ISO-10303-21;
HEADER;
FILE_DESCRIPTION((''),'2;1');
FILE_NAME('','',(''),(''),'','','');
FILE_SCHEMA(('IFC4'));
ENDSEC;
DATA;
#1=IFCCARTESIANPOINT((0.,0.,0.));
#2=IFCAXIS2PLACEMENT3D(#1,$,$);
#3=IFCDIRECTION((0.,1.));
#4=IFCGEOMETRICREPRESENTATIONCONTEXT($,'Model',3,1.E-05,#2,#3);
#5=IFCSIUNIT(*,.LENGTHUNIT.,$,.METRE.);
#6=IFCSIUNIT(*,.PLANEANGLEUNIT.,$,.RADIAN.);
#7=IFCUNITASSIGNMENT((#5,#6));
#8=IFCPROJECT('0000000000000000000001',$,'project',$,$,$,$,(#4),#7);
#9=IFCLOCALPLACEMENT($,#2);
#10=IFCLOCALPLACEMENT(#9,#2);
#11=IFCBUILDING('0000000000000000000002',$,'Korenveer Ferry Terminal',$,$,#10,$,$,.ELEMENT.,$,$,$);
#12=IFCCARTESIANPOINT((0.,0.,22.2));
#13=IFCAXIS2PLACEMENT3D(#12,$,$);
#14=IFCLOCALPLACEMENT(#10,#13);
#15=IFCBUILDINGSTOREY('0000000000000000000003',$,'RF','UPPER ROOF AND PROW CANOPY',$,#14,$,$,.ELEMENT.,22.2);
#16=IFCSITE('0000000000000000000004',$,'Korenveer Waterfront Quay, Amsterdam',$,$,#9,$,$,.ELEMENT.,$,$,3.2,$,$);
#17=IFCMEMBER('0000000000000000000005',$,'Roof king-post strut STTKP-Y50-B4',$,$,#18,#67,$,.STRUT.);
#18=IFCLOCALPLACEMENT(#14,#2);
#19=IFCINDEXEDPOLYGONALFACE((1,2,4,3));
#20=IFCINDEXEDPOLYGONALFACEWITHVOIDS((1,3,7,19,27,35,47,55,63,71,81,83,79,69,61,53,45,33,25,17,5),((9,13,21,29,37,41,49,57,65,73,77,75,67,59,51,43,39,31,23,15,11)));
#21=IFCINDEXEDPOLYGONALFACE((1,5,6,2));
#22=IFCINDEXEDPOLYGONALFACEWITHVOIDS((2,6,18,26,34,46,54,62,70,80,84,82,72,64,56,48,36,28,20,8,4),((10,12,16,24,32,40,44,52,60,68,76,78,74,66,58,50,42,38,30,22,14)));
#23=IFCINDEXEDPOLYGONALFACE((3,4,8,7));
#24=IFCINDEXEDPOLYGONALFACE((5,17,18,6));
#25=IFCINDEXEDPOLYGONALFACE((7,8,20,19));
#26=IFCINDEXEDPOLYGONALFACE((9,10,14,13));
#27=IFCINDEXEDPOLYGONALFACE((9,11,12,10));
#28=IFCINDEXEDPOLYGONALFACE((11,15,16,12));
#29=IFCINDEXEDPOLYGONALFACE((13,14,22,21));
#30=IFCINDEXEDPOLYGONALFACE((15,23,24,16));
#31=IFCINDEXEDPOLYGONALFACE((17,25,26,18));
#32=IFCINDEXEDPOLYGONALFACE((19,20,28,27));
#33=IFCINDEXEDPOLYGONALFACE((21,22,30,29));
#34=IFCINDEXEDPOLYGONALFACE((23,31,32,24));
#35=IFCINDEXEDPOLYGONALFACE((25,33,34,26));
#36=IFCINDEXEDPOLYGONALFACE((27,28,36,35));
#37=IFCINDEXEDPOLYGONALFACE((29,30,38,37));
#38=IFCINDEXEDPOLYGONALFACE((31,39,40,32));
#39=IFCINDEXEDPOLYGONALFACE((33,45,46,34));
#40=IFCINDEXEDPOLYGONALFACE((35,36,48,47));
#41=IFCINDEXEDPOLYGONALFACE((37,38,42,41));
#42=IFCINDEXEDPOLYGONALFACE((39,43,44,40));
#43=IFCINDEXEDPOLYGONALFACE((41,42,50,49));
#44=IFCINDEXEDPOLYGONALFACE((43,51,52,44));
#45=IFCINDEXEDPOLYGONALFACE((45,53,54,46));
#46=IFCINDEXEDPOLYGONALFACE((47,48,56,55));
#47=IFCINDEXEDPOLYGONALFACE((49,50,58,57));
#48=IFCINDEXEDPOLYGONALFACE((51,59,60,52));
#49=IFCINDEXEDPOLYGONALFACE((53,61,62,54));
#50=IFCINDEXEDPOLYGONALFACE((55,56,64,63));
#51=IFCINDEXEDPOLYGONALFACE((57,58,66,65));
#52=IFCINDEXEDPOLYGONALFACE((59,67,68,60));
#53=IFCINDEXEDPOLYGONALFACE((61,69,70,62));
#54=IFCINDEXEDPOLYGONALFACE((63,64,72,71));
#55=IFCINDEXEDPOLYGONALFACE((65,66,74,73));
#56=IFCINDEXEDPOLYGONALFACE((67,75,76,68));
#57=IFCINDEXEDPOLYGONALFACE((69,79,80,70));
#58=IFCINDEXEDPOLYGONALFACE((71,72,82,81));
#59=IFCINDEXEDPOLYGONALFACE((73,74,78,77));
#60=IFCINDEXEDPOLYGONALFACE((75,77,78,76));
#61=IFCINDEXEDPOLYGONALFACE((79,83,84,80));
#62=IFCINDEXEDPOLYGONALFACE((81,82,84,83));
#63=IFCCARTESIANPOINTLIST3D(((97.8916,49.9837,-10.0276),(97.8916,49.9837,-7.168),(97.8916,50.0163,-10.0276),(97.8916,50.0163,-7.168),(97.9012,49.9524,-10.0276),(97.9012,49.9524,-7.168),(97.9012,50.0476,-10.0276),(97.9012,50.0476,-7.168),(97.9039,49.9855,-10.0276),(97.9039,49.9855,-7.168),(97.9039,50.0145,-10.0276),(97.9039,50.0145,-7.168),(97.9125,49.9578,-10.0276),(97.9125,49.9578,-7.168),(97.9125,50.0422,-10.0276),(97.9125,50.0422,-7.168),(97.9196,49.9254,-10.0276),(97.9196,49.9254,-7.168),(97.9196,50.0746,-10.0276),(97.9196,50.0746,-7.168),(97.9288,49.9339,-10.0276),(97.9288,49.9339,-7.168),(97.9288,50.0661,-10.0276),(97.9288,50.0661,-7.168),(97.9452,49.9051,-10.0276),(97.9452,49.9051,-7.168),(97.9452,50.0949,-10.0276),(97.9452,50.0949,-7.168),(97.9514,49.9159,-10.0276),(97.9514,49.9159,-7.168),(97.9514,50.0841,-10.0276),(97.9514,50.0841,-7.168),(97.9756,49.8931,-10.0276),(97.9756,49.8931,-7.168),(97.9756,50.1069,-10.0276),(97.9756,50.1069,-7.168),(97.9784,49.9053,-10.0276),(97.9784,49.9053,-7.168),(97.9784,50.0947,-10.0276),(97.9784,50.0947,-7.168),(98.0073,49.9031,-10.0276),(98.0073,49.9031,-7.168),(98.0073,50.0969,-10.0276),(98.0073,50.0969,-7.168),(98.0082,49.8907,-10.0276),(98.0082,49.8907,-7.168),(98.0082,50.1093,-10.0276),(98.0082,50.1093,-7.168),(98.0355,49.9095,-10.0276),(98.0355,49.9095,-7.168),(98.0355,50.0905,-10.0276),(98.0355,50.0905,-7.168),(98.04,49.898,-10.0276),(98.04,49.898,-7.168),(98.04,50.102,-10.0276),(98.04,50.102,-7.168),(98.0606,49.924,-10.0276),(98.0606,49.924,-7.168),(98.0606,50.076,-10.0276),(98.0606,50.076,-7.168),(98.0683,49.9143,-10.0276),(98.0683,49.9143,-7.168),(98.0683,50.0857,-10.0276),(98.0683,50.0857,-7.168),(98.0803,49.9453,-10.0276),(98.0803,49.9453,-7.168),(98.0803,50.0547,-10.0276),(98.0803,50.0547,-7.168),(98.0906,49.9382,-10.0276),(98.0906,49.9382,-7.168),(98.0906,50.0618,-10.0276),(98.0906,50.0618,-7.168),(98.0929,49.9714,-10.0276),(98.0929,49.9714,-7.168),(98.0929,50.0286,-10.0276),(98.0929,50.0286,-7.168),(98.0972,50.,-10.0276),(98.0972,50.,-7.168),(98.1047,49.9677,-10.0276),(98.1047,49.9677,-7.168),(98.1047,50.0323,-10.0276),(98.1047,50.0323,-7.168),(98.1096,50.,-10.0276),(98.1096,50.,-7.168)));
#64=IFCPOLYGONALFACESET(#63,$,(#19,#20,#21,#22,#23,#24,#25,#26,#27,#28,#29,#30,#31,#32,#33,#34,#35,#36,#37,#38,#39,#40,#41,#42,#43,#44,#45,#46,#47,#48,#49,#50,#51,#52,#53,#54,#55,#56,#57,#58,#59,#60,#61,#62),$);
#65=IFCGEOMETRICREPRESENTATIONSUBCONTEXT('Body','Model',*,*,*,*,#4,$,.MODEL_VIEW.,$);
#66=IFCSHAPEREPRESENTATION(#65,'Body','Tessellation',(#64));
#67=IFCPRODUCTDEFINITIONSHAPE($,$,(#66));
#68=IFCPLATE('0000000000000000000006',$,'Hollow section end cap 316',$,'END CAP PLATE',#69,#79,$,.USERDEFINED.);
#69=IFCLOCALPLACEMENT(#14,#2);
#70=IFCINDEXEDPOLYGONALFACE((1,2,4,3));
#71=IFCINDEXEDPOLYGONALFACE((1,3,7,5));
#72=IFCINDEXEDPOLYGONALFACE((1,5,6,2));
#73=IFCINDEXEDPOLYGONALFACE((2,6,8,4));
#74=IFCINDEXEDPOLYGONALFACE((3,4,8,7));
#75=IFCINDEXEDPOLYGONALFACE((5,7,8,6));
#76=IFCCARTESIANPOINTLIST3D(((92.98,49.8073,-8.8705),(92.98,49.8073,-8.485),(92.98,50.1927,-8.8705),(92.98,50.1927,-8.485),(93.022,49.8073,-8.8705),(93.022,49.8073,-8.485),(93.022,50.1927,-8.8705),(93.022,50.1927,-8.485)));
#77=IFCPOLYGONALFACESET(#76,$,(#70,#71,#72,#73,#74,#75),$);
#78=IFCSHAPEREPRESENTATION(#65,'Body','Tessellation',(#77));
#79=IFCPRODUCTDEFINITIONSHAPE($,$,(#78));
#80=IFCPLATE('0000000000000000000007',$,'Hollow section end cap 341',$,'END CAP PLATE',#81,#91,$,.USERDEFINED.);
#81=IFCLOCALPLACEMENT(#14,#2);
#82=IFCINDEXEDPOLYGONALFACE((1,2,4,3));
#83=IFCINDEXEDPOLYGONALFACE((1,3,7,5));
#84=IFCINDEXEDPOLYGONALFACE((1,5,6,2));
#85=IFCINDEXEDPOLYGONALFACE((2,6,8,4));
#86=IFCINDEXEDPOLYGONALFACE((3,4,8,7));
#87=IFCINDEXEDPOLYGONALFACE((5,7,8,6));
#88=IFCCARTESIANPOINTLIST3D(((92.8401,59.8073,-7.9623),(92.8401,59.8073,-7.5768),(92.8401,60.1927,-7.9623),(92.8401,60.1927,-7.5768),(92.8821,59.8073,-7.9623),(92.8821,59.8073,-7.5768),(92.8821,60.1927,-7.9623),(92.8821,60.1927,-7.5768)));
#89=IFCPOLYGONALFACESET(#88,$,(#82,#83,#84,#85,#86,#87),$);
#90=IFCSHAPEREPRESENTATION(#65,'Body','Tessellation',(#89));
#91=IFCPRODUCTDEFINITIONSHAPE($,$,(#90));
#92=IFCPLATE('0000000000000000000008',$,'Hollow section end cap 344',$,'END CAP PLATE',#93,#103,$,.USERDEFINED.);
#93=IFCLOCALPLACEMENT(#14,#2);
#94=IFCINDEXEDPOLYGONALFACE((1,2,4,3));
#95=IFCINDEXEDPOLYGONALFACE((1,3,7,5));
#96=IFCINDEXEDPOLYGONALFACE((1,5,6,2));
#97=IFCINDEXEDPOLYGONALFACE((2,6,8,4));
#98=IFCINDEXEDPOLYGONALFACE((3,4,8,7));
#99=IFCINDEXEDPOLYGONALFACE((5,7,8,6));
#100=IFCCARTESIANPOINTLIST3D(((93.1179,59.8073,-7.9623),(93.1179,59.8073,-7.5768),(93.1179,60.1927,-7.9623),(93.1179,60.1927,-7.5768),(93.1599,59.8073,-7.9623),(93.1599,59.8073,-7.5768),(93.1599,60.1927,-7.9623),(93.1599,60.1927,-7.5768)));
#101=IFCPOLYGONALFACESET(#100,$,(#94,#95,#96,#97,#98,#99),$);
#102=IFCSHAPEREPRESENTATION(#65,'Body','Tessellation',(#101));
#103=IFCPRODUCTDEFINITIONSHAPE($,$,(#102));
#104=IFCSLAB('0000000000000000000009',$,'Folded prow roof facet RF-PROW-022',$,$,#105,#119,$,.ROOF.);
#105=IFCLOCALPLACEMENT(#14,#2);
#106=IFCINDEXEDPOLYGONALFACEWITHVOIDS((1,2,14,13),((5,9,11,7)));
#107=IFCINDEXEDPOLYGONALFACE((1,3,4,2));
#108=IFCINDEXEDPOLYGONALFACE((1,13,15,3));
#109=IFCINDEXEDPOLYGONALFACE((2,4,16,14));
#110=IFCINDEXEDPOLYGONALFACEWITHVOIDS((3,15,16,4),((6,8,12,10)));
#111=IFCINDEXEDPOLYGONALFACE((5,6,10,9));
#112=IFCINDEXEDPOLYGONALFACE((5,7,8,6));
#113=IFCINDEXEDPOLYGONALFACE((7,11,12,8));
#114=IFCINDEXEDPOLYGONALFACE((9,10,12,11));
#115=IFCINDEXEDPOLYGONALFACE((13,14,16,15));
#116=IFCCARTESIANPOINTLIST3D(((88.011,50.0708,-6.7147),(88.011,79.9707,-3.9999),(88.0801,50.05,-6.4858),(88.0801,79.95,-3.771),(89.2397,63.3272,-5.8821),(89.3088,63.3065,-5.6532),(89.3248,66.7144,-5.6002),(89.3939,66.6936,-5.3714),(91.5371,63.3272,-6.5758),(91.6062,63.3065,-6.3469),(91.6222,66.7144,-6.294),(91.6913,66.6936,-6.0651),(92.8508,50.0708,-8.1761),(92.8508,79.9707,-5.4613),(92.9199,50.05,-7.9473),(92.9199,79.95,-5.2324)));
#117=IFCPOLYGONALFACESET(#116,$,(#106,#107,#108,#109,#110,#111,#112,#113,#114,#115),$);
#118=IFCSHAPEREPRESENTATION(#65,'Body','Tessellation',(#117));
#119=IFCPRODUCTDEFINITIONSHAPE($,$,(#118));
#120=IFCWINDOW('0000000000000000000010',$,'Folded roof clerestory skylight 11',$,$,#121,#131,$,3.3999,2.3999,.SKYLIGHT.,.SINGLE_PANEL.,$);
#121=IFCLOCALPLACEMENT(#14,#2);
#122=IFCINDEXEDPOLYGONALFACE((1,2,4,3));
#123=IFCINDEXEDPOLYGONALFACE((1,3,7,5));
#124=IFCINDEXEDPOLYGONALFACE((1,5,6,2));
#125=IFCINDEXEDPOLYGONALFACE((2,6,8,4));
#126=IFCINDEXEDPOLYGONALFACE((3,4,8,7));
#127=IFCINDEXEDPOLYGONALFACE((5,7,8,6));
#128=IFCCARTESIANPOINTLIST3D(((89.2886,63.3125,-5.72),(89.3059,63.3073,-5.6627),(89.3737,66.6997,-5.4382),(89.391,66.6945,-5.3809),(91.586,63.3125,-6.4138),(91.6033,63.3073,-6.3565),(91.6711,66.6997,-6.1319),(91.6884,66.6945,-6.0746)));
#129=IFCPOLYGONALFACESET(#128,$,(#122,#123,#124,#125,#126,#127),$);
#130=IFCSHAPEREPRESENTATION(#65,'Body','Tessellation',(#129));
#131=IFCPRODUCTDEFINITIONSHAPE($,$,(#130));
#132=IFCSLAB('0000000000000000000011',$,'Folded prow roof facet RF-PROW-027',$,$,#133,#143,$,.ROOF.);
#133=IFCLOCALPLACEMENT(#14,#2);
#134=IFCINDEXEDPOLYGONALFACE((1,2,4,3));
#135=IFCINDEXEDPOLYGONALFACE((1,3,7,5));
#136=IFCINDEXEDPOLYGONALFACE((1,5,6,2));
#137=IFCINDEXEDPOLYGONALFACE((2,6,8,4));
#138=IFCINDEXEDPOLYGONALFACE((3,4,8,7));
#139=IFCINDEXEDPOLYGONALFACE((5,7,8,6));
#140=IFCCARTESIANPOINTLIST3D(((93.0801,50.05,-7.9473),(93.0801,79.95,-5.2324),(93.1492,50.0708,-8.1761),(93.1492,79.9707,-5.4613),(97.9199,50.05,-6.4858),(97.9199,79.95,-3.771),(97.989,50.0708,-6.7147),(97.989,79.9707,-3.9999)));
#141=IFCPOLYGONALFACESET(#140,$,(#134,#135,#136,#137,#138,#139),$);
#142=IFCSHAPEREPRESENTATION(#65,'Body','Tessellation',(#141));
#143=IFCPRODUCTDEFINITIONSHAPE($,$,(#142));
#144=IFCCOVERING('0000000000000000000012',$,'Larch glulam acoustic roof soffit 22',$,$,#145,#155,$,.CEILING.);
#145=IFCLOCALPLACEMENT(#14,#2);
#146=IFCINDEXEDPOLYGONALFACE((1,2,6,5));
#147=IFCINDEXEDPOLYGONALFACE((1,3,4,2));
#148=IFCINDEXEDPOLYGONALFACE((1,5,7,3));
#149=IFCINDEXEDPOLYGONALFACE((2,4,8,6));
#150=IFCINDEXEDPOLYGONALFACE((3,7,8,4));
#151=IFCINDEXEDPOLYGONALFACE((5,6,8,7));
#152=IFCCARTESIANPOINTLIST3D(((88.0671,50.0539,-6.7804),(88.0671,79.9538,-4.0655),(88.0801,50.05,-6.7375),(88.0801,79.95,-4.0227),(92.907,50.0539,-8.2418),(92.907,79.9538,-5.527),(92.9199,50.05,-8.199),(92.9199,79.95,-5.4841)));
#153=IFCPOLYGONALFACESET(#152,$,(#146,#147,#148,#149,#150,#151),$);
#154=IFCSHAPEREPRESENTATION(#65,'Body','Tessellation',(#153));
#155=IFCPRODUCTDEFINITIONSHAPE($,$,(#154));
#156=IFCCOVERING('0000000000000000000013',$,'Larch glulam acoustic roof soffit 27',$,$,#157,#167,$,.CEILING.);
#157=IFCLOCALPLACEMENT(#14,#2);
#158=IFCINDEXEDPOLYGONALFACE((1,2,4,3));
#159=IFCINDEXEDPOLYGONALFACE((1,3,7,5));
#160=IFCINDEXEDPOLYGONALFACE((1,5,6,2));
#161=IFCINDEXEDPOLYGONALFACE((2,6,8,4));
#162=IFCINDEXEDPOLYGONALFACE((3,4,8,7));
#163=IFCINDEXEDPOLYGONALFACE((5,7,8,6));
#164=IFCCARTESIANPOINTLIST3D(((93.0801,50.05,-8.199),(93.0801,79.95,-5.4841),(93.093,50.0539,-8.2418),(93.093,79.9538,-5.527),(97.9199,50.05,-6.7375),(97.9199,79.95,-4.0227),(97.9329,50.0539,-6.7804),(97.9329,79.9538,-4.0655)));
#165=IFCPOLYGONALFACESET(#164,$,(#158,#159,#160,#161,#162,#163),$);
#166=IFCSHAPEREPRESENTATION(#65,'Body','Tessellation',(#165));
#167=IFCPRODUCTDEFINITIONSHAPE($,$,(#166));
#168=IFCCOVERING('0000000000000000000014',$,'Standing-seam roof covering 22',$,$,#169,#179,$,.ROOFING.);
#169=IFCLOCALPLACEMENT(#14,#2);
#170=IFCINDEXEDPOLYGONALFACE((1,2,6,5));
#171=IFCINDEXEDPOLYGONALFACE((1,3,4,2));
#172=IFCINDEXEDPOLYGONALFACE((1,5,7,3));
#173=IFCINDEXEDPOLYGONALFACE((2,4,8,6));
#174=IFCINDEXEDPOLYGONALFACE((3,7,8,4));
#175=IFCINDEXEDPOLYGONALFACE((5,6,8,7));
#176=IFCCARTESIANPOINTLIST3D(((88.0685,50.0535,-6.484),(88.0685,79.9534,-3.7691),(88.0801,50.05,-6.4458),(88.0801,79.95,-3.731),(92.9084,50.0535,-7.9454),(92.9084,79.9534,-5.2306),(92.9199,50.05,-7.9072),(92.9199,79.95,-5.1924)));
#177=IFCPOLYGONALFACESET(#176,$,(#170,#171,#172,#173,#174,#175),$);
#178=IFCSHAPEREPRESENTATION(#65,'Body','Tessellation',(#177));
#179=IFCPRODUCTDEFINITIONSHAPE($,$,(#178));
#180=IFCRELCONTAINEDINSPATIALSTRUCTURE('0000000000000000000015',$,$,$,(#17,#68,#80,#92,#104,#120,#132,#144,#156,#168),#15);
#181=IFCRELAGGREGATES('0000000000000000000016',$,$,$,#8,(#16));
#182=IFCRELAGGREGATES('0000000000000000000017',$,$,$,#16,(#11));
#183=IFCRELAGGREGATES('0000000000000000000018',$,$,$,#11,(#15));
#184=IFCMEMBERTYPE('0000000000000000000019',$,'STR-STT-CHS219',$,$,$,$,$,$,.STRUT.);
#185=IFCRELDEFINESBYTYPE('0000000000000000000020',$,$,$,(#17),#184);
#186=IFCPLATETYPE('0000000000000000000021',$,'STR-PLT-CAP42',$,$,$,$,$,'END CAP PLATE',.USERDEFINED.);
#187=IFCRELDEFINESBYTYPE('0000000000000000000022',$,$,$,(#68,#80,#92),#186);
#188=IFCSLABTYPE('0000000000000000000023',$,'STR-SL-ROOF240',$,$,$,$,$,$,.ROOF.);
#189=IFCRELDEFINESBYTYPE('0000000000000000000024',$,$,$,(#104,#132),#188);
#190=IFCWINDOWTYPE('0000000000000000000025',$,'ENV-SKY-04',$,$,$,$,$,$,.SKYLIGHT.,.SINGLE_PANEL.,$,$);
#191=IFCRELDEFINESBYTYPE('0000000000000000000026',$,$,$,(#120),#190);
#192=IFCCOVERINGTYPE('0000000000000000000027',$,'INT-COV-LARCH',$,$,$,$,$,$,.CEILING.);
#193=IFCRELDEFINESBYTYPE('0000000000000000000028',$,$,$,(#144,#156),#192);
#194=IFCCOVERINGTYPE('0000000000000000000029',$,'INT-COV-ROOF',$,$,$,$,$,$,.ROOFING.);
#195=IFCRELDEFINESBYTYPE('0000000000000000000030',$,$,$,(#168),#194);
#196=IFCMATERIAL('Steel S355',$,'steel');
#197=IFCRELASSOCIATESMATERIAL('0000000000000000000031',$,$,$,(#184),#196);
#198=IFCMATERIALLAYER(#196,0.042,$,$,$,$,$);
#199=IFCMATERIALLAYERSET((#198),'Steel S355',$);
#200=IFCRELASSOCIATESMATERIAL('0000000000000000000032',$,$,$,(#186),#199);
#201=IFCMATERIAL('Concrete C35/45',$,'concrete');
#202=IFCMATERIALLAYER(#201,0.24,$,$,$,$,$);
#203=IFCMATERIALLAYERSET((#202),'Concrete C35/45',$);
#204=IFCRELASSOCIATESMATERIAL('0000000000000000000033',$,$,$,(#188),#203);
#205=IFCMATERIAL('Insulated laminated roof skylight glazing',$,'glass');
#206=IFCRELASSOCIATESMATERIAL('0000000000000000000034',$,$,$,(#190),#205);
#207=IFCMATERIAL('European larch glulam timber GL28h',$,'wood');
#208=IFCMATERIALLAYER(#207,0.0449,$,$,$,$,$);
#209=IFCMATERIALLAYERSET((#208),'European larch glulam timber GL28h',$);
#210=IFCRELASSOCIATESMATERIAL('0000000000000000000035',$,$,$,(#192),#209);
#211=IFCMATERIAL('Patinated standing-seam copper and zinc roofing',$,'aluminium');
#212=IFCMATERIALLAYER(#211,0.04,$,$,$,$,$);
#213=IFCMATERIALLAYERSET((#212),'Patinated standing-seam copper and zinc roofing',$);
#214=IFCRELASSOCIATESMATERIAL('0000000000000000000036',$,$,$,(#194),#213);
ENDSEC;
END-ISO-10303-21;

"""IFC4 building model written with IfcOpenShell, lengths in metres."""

from ifc_helpers import new_model, si_unit, direction, frame, origin, origin_2d, place, context, subcontext, project, spatial, polyline, rectangle, hollow_circle, outline, extrude, material, layer, layer_set, material_profile, profile_set, type_object, element, fill, save


model = new_model("IFC4")

# Units and contexts
model_context = context("Model", 3, precision=1e-05, world=origin(), true_north=direction((0.0, 1.0)))
body_context = subcontext(model_context, "Body", "Model", "MODEL_VIEW")
ifc_project = project(units=[si_unit("LENGTHUNIT", "METRE"), si_unit("PLANEANGLEUNIT", "RADIAN")], contexts=[model_context])

# Site, building, storey
site_placement = place(None, origin())
site = spatial("IfcSite", under=ifc_project, at=site_placement, Name="Korenveer Waterfront Quay, Amsterdam", CompositionType="ELEMENT", RefElevation=3.2)
building_placement = place(site_placement, origin())
building = spatial("IfcBuilding", under=site, at=building_placement, Name="Korenveer Ferry Terminal", CompositionType="ELEMENT")
storey_placement = place(building_placement, frame((0.0, 0.0, 22.2)))
storey = spatial("IfcBuildingStorey", under=building, at=storey_placement, Name="RF", Description="UPPER ROOF AND PROW CANOPY", CompositionType="ELEMENT", Elevation=22.2)

# Shared definitions
ifc_material_1 = material(Name="Steel S355", Category="steel")

# Member
ifc_material_profile_1 = material_profile(ifc_material_1, hollow_circle(Radius=0.1096, WallThickness=0.0125, at=origin_2d()), Name="CHS 219.1x12.5")
ifc_profile_set_1 = profile_set([ifc_material_profile_1], Name="Steel S355")
member_type_1 = type_object("IfcMemberType", Name="STR-STT-CHS219", PredefinedType="STRUT", material=ifc_profile_set_1)
member_placement = place(storey_placement, frame((98.0, 50.0, -10.0276), z_axis=(0.0, 0.0, 1.0), x_axis=(1.0, 0.0, 0.0)))
element("IfcMember", 1, at=member_placement, inside=storey, type_object=member_type_1, Name="Roof king-post strut STTKP-Y50-B4", PredefinedType="STRUT", context=body_context, shape_type="SweptSolid", body=[
    extrude(hollow_circle(Radius=0.1096, WallThickness=0.0125, at=origin_2d()), origin(), (0.0, 0.0, 1.0), 2.8596),
])

# Plates
ifc_layer_1 = layer(ifc_material_1, 0.042)
ifc_layer_set_1 = layer_set([ifc_layer_1], Name="Steel S355")
plate_type = type_object("IfcPlateType", Name="STR-PLT-CAP42", ElementType="END CAP PLATE", PredefinedType="USERDEFINED", material=ifc_layer_set_1)
for number, where, z_axis, x_axis, name in (
    (2, (92.98, 50.0, -8.6777), (1.0, 0.0, 0.0), (0.0, 1.0, 0.0), "Hollow section end cap 316"),
    (3, (92.8401, 60.0, -7.7695), (1.0, 0.0, 0.0), (0.0, 1.0, 0.0), "Hollow section end cap 341"),
    (4, (93.1179, 60.0, -7.7695), (1.0, 0.0, 0.0), (0.0, 1.0, 0.0), "Hollow section end cap 344"),
):
    element("IfcPlate", number, at=place(storey_placement, frame(where, z_axis=z_axis, x_axis=x_axis)), inside=storey, type_object=plate_type, Name=name, ObjectType="END CAP PLATE", PredefinedType="USERDEFINED", context=body_context, shape_type="SweptSolid", body=[
        extrude(rectangle(XDim=0.3855, YDim=0.3855, at=origin_2d()), origin(), (0.0, 0.0, 1.0), 0.042),
    ])

# Slab, opening, window
ifc_material_2 = material(Name="Concrete C35/45", Category="concrete")
ifc_layer_2 = layer(ifc_material_2, 0.24)
ifc_layer_set_2 = layer_set([ifc_layer_2], Name="Concrete C35/45")
slab_type = type_object("IfcSlabType", Name="STR-SL-ROOF240", PredefinedType="ROOF", material=ifc_layer_set_2)
slab_1_placement = place(storey_placement, frame((88.0801, 50.05, -6.4858), z_axis=(0.287981, -0.086595, 0.953713), x_axis=(0.957309, 0.0, -0.289066)))
slab_1 = element("IfcSlab", 5, at=slab_1_placement, inside=storey, type_object=slab_type, Name="Folded prow roof facet RF-PROW-022", PredefinedType="ROOF", context=body_context, shape_type="SweptSolid", body=[
    extrude(outline(polyline([(0.0, 0.0), (5.0557, 0.0), (4.2709, 30.0126), (-0.7848, 30.0126), (0.0, 0.0)])), origin(), (0.0, 0.0, -1.0), 0.24),
])
opening_placement = place(slab_1_placement, frame((2.1355, 15.0063, 0.01)))
opening = element("IfcOpeningElement", 6, at=opening_placement, cuts=slab_1, PredefinedType="OPENING", context=body_context, shape_type="SweptSolid", body=[
    extrude(rectangle(XDim=2.3999, YDim=3.3999, at=origin_2d()), origin(), (0.0, 0.0, -1.0), 0.26),
])
ifc_material_3 = material(Name="Insulated laminated roof skylight glazing", Category="glass")
window_type = type_object("IfcWindowType", Name="ENV-SKY-04", PartitioningType="SINGLE_PANEL", PredefinedType="SKYLIGHT", material=ifc_material_3)
window_placement = place(slab_1_placement, frame((2.1355, 15.0063, -0.01)))
window = element("IfcWindow", 7, at=window_placement, inside=storey, type_object=window_type, Name="Folded roof clerestory skylight 11", OverallHeight=3.3999, OverallWidth=2.3999, PartitioningType="SINGLE_PANEL", PredefinedType="SKYLIGHT", context=body_context, shape_type="SweptSolid", body=[
    extrude(rectangle(XDim=2.3999, YDim=3.3999, at=origin_2d()), origin(), (0.0, 0.0, -1.0), 0.0601),
])
fill(opening, window)

# Slab
slab_2_placement = place(storey_placement, frame((93.0801, 50.05, -7.9473), z_axis=(-0.287981, -0.086595, 0.953713), x_axis=(0.957309, 0.0, 0.289066)))
element("IfcSlab", 8, at=slab_2_placement, inside=storey, type_object=slab_type, Name="Folded prow roof facet RF-PROW-027", PredefinedType="ROOF", context=body_context, shape_type="SweptSolid", body=[
    extrude(outline(polyline([(0.0, 0.0), (5.0557, 0.0), (5.8404, 30.0126), (0.7848, 30.0126), (0.0, 0.0)])), origin(), (0.0, 0.0, -1.0), 0.24),
])

# Coverings
ifc_material_4 = material(Name="European larch glulam timber GL28h", Category="wood")
ifc_layer_3 = layer(ifc_material_4, 0.0449)
ifc_layer_set_3 = layer_set([ifc_layer_3], Name="European larch glulam timber GL28h")
covering_type_1 = type_object("IfcCoveringType", Name="INT-COV-LARCH", PredefinedType="CEILING", material=ifc_layer_set_3)
covering_1_placement = place(storey_placement, frame((88.0801, 50.05, -6.7375), z_axis=(0.287981, -0.086595, 0.953713), x_axis=(0.957309, 0.0, -0.289066)))
element("IfcCovering", 9, at=covering_1_placement, inside=storey, type_object=covering_type_1, Name="Larch glulam acoustic roof soffit 22", PredefinedType="CEILING", context=body_context, shape_type="SweptSolid", body=[
    extrude(outline(polyline([(0.0, 0.0), (5.0557, 0.0), (4.2709, 30.0126), (-0.7848, 30.0126), (0.0, 0.0)])), origin(), (0.0, 0.0, -1.0), 0.0449),
])
covering_2_placement = place(storey_placement, frame((93.0801, 50.05, -8.199), z_axis=(-0.287981, -0.086595, 0.953713), x_axis=(0.957309, 0.0, 0.289066)))
element("IfcCovering", 10, at=covering_2_placement, inside=storey, type_object=covering_type_1, Name="Larch glulam acoustic roof soffit 27", PredefinedType="CEILING", context=body_context, shape_type="SweptSolid", body=[
    extrude(outline(polyline([(0.0, 0.0), (5.0557, 0.0), (5.8404, 30.0126), (0.7848, 30.0126), (0.0, 0.0)])), origin(), (0.0, 0.0, -1.0), 0.0449),
])
ifc_material_5 = material(Name="Patinated standing-seam copper and zinc roofing", Category="aluminium")
ifc_layer_4 = layer(ifc_material_5, 0.04)
ifc_layer_set_4 = layer_set([ifc_layer_4], Name="Patinated standing-seam copper and zinc roofing")
covering_type_2 = type_object("IfcCoveringType", Name="INT-COV-ROOF", PredefinedType="ROOFING", material=ifc_layer_set_4)
covering_3_placement = place(storey_placement, frame((88.0801, 50.05, -6.4458), z_axis=(0.287981, -0.086595, 0.953713), x_axis=(0.957309, 0.0, -0.289066)))
element("IfcCovering", 11, at=covering_3_placement, inside=storey, type_object=covering_type_2, Name="Standing-seam roof covering 22", PredefinedType="ROOFING", context=body_context, shape_type="SweptSolid", body=[
    extrude(outline(polyline([(0.0, 0.0), (5.0557, 0.0), (4.2709, 30.0126), (-0.7848, 30.0126), (0.0, 0.0)])), origin(), (0.0, 0.0, -1.0), 0.04),
])

save(model, "model.ifc")
